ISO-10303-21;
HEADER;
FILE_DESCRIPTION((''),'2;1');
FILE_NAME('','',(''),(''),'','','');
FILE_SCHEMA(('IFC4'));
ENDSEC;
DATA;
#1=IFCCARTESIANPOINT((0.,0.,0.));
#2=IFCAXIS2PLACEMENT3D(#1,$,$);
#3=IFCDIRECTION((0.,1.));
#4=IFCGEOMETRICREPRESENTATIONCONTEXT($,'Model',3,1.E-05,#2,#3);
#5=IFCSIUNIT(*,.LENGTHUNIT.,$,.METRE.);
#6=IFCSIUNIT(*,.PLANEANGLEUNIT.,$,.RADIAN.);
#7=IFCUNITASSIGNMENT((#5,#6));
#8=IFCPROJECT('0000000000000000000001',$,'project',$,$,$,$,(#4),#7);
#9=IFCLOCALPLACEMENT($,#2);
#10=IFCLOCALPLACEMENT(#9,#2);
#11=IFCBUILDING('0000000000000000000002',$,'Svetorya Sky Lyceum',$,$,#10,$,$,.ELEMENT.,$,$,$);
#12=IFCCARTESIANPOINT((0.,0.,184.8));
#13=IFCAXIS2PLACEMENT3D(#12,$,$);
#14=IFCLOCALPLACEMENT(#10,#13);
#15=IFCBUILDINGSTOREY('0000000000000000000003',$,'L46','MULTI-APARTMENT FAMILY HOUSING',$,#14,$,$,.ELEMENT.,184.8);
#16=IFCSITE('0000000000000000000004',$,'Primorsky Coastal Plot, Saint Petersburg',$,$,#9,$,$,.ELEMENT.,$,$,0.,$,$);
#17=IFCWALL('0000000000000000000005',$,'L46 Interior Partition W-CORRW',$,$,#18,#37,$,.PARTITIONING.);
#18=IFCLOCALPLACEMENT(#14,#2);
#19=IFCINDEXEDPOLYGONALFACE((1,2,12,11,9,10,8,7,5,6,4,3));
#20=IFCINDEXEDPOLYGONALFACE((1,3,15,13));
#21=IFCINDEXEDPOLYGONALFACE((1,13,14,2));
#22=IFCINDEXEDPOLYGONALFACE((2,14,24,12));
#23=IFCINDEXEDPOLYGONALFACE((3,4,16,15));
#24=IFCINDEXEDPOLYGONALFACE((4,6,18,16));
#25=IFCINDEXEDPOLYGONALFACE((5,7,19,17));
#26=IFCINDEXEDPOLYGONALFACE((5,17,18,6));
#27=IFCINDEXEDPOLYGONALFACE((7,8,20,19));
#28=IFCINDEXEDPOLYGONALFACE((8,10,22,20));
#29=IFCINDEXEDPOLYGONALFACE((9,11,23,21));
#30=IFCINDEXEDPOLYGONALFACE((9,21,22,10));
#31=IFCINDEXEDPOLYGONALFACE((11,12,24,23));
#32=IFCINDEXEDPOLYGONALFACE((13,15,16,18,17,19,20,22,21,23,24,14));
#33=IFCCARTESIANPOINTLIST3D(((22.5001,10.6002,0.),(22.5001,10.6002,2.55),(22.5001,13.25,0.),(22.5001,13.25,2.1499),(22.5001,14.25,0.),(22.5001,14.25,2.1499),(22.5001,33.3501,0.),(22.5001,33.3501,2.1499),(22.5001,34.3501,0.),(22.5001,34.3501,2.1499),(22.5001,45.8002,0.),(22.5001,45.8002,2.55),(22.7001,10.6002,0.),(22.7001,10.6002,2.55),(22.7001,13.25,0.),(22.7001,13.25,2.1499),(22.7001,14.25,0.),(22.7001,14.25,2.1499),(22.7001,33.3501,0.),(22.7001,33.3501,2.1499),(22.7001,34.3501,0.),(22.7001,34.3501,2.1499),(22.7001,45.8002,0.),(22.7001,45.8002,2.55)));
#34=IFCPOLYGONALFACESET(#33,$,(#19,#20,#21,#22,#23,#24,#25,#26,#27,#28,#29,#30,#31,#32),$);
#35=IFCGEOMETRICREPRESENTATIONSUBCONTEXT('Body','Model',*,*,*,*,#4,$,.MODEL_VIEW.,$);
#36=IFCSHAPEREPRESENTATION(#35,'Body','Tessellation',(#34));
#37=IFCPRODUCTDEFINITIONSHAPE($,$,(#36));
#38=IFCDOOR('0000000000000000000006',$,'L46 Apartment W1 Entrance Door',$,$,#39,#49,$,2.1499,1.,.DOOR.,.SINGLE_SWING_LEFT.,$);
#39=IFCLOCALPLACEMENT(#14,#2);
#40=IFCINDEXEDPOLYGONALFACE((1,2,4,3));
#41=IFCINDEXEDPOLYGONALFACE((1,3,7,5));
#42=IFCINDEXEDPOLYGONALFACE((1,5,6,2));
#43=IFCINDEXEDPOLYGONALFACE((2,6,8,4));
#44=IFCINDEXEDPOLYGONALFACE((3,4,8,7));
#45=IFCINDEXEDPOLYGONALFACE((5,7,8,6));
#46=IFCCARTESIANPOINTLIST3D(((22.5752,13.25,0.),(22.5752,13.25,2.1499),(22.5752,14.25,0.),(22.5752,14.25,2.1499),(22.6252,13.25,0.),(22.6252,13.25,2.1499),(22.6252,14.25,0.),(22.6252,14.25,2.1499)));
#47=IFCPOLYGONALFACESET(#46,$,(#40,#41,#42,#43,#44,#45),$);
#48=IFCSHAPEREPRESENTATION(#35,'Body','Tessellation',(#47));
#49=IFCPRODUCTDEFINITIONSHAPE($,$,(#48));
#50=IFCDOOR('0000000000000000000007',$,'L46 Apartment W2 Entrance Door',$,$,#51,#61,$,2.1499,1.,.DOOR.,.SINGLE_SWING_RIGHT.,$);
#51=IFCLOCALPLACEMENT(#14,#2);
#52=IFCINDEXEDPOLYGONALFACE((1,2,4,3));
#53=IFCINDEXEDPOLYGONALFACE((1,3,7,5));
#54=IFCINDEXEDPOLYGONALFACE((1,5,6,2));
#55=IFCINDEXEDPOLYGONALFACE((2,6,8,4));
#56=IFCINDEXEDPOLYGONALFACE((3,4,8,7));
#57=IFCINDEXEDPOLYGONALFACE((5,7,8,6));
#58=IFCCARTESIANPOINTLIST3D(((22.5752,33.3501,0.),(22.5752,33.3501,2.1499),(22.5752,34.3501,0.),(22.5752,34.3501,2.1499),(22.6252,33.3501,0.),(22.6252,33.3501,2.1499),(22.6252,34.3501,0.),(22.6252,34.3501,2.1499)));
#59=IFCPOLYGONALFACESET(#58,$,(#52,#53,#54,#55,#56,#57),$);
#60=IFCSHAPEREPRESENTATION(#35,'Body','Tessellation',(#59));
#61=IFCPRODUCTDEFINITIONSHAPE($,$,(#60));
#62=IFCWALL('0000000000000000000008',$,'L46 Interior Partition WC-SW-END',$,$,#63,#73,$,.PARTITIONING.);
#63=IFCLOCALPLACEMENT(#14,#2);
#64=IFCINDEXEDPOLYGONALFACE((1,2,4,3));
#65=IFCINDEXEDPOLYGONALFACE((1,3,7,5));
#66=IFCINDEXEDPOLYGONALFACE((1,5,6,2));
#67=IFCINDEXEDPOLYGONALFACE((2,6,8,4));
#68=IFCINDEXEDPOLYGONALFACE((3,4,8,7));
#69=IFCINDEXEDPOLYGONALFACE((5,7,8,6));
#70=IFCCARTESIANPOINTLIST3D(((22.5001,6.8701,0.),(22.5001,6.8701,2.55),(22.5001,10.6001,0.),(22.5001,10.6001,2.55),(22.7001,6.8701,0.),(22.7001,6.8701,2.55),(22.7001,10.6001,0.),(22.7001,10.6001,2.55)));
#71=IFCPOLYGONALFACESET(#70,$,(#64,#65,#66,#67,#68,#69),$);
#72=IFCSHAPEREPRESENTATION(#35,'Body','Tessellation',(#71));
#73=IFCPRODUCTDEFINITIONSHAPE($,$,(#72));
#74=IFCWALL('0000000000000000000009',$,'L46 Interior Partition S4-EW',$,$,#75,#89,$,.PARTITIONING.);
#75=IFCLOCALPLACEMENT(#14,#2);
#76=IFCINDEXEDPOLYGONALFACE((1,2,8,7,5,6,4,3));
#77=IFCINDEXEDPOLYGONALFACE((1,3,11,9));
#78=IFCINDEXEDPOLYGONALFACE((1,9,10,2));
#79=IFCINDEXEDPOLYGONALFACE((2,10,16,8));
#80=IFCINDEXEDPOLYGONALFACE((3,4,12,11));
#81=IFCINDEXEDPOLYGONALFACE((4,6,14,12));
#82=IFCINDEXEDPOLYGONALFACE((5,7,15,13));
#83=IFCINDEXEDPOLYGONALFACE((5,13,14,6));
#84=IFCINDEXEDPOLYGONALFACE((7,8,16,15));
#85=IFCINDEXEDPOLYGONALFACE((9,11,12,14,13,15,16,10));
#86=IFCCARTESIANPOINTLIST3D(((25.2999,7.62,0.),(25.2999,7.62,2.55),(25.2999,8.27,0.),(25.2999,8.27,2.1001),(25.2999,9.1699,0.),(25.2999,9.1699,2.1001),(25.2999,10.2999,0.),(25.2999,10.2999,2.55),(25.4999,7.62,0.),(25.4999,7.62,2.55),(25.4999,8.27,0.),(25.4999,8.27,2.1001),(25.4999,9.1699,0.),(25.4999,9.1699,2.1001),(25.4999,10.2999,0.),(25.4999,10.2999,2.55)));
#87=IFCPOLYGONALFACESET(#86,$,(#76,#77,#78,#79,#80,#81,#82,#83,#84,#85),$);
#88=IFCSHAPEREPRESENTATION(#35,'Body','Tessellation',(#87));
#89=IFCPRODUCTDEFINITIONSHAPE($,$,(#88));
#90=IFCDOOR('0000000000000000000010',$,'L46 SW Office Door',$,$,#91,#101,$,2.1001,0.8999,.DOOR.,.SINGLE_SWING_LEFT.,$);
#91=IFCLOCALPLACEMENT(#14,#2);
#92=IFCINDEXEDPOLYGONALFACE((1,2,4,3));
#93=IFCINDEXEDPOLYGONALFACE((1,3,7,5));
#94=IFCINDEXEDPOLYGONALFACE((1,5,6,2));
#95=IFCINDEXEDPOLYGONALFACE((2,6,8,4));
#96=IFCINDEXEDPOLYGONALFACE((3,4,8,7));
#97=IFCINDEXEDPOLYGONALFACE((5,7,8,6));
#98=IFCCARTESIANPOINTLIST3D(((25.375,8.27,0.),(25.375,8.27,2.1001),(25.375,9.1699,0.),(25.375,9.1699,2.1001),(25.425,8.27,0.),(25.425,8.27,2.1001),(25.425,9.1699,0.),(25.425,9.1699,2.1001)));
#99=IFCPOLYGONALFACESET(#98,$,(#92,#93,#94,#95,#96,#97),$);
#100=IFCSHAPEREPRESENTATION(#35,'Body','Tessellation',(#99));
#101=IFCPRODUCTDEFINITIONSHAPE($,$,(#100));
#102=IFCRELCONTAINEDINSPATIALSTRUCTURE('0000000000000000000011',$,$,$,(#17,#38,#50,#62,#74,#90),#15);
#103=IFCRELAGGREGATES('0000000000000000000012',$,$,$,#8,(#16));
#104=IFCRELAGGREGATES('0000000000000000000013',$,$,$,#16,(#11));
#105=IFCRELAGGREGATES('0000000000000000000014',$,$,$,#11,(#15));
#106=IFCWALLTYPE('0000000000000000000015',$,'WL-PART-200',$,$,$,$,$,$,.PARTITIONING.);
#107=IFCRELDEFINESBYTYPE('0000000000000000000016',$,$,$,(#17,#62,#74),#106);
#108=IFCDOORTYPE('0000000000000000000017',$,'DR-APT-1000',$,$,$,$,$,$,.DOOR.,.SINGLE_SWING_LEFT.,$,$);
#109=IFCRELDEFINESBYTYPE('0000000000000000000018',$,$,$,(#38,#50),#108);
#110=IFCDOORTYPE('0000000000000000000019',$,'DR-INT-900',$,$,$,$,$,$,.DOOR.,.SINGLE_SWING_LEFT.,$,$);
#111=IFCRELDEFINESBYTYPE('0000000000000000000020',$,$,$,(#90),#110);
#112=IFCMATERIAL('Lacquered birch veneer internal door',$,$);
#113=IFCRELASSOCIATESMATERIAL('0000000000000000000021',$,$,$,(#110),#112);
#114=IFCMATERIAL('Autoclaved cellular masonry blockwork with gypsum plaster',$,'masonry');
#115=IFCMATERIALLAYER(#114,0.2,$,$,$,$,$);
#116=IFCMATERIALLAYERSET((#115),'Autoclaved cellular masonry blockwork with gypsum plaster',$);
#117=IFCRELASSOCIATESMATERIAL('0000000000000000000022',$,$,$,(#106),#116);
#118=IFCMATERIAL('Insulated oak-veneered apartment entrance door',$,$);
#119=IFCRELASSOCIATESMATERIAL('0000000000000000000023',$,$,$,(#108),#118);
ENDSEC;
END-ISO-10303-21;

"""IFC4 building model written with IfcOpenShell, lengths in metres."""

from ifc_helpers import new_model, si_unit, direction, frame, frame_2d, origin, place, context, subcontext, project, spatial, rectangle, extrude, material, layer, layer_set, type_object, element, fill, save


model = new_model("IFC4")

# Units and contexts
model_context = context("Model", 3, precision=1e-05, world=origin(), true_north=direction((0.0, 1.0)))
body_context = subcontext(model_context, "Body", "Model", "MODEL_VIEW")
ifc_project = project(units=[si_unit("LENGTHUNIT", "METRE"), si_unit("PLANEANGLEUNIT", "RADIAN")], contexts=[model_context])

# Site, building, storey
site_placement = place(None, origin())
site = spatial("IfcSite", under=ifc_project, at=site_placement, Name="Primorsky Coastal Plot, Saint Petersburg", CompositionType="ELEMENT", RefElevation=0.0)
building_placement = place(site_placement, origin())
building = spatial("IfcBuilding", under=site, at=building_placement, Name="Svetorya Sky Lyceum", CompositionType="ELEMENT")
storey_placement = place(building_placement, frame((0.0, 0.0, 184.8)))
storey = spatial("IfcBuildingStorey", under=building, at=storey_placement, Name="L46", Description="MULTI-APARTMENT FAMILY HOUSING", CompositionType="ELEMENT", Elevation=184.8)

# Shared definitions
ifc_material_1 = material(Name="Lacquered birch veneer internal door")
door_type_1 = type_object("IfcDoorType", Name="DR-INT-900", OperationType="SINGLE_SWING_LEFT", PredefinedType="DOOR", material=ifc_material_1)

# Shared definitions
ifc_material_2 = material(Name="Autoclaved cellular masonry blockwork with gypsum plaster", Category="masonry")
ifc_layer_1 = layer(ifc_material_2, 0.2)
ifc_layer_set_1 = layer_set([ifc_layer_1], Name="Autoclaved cellular masonry blockwork with gypsum plaster")
wall_type_1 = type_object("IfcWallType", Name="WL-PART-200", PredefinedType="PARTITIONING", material=ifc_layer_set_1)

# Wall, openings, doors
wall_1_placement = place(storey_placement, frame((22.6001, 10.6001, 0.0), z_axis=(0.0, 0.0, 1.0), x_axis=(0.0, 1.0, 0.0)))
wall_1 = element("IfcWall", 1, at=wall_1_placement, inside=storey, type_object=wall_type_1, Name="L46 Interior Partition W-CORRW", PredefinedType="PARTITIONING", context=body_context, shape_type="SweptSolid", body=[
    extrude(rectangle(XDim=35.2, YDim=0.2, at=frame_2d((17.6001, 0.0))), origin(), (0.0, 0.0, 1.0), 2.55),
])
opening_1_placement = place(wall_1_placement, frame((2.6499, 0.0, 0.0)))
opening_1 = element("IfcOpeningElement", 2, at=opening_1_placement, cuts=wall_1, PredefinedType="OPENING", context=body_context, shape_type="SweptSolid", body=[
    extrude(rectangle(XDim=1.0, YDim=2.1499, at=frame_2d((0.5, 1.075))), frame((0.0, 0.1099, 0.0), z_axis=(0.0, -1.0, 0.0), x_axis=(1.0, 0.0, 0.0)), (0.0, 0.0, 1.0), 0.22),
])
opening_2_placement = place(wall_1_placement, frame((22.75, 0.0, 0.0)))
opening_2 = element("IfcOpeningElement", 3, at=opening_2_placement, cuts=wall_1, PredefinedType="OPENING", context=body_context, shape_type="SweptSolid", body=[
    extrude(rectangle(XDim=1.0, YDim=2.1499, at=frame_2d((0.5, 1.075))), frame((0.0, 0.1099, 0.0), z_axis=(0.0, -1.0, 0.0), x_axis=(1.0, 0.0, 0.0)), (0.0, 0.0, 1.0), 0.22),
])
ifc_material_3 = material(Name="Insulated oak-veneered apartment entrance door")
door_type_2 = type_object("IfcDoorType", Name="DR-APT-1000", OperationType="SINGLE_SWING_LEFT", PredefinedType="DOOR", material=ifc_material_3)
door_1_placement = place(opening_1_placement, origin())
door_1 = element("IfcDoor", 4, at=door_1_placement, inside=storey, type_object=door_type_2, Name="L46 Apartment W1 Entrance Door", OperationType="SINGLE_SWING_LEFT", OverallHeight=2.1499, OverallWidth=1.0, PredefinedType="DOOR", context=body_context, shape_type="SweptSolid", body=[
    extrude(rectangle(XDim=1.0, YDim=2.1499, at=frame_2d((0.5, 1.075))), frame((0.0, 0.0249, 0.0), z_axis=(0.0, -1.0, 0.0), x_axis=(1.0, 0.0, 0.0)), (0.0, 0.0, 1.0), 0.05),
])
fill(opening_1, door_1)
door_2_placement = place(opening_2_placement, origin())
door_2 = element("IfcDoor", 5, at=door_2_placement, inside=storey, type_object=door_type_2, Name="L46 Apartment W2 Entrance Door", OperationType="SINGLE_SWING_RIGHT", OverallHeight=2.1499, OverallWidth=1.0, PredefinedType="DOOR", context=body_context, shape_type="SweptSolid", body=[
    extrude(rectangle(XDim=1.0, YDim=2.1499, at=frame_2d((0.5, 1.075))), frame((0.0, 0.0249, 0.0), z_axis=(0.0, -1.0, 0.0), x_axis=(1.0, 0.0, 0.0)), (0.0, 0.0, 1.0), 0.05),
])
fill(opening_2, door_2)

# Wall
wall_2_placement = place(storey_placement, frame((22.6001, 6.8701, 0.0), z_axis=(0.0, 0.0, 1.0), x_axis=(0.0, 1.0, 0.0)))
element("IfcWall", 6, at=wall_2_placement, inside=storey, type_object=wall_type_1, Name="L46 Interior Partition WC-SW-END", PredefinedType="PARTITIONING", context=body_context, shape_type="SweptSolid", body=[
    extrude(rectangle(XDim=3.73, YDim=0.2, at=frame_2d((1.865, 0.0))), origin(), (0.0, 0.0, 1.0), 2.55),
])

# Wall, opening, door
wall_3_placement = place(storey_placement, frame((25.3999, 7.6201, 0.0), z_axis=(0.0, 0.0, 1.0), x_axis=(0.0, 1.0, 0.0)))
wall_3 = element("IfcWall", 7, at=wall_3_placement, inside=storey, type_object=wall_type_1, Name="L46 Interior Partition S4-EW", PredefinedType="PARTITIONING", context=body_context, shape_type="SweptSolid", body=[
    extrude(rectangle(XDim=2.6799, YDim=0.2, at=frame_2d((1.3398, 0.0))), origin(), (0.0, 0.0, 1.0), 2.55),
])
opening_3_placement = place(wall_3_placement, frame((0.6499, 0.0, 0.0)))
opening_3 = element("IfcOpeningElement", 8, at=opening_3_placement, cuts=wall_3, PredefinedType="OPENING", context=body_context, shape_type="SweptSolid", body=[
    extrude(rectangle(XDim=0.8999, YDim=2.1001, at=frame_2d((0.45, 1.05))), frame((0.0, 0.1099, 0.0), z_axis=(0.0, -1.0, 0.0), x_axis=(1.0, 0.0, 0.0)), (0.0, 0.0, 1.0), 0.22),
])
door_3_placement = place(opening_3_placement, origin())
door_3 = element("IfcDoor", 9, at=door_3_placement, inside=storey, type_object=door_type_1, Name="L46 SW Office Door", OperationType="SINGLE_SWING_LEFT", OverallHeight=2.1001, OverallWidth=0.8999, PredefinedType="DOOR", context=body_context, shape_type="SweptSolid", body=[
    extrude(rectangle(XDim=0.8999, YDim=2.1001, at=frame_2d((0.45, 1.05))), frame((0.0, 0.0249, 0.0), z_axis=(0.0, -1.0, 0.0), x_axis=(1.0, 0.0, 0.0)), (0.0, 0.0, 1.0), 0.05),
])
fill(opening_3, door_3)

save(model, "model.ifc")
